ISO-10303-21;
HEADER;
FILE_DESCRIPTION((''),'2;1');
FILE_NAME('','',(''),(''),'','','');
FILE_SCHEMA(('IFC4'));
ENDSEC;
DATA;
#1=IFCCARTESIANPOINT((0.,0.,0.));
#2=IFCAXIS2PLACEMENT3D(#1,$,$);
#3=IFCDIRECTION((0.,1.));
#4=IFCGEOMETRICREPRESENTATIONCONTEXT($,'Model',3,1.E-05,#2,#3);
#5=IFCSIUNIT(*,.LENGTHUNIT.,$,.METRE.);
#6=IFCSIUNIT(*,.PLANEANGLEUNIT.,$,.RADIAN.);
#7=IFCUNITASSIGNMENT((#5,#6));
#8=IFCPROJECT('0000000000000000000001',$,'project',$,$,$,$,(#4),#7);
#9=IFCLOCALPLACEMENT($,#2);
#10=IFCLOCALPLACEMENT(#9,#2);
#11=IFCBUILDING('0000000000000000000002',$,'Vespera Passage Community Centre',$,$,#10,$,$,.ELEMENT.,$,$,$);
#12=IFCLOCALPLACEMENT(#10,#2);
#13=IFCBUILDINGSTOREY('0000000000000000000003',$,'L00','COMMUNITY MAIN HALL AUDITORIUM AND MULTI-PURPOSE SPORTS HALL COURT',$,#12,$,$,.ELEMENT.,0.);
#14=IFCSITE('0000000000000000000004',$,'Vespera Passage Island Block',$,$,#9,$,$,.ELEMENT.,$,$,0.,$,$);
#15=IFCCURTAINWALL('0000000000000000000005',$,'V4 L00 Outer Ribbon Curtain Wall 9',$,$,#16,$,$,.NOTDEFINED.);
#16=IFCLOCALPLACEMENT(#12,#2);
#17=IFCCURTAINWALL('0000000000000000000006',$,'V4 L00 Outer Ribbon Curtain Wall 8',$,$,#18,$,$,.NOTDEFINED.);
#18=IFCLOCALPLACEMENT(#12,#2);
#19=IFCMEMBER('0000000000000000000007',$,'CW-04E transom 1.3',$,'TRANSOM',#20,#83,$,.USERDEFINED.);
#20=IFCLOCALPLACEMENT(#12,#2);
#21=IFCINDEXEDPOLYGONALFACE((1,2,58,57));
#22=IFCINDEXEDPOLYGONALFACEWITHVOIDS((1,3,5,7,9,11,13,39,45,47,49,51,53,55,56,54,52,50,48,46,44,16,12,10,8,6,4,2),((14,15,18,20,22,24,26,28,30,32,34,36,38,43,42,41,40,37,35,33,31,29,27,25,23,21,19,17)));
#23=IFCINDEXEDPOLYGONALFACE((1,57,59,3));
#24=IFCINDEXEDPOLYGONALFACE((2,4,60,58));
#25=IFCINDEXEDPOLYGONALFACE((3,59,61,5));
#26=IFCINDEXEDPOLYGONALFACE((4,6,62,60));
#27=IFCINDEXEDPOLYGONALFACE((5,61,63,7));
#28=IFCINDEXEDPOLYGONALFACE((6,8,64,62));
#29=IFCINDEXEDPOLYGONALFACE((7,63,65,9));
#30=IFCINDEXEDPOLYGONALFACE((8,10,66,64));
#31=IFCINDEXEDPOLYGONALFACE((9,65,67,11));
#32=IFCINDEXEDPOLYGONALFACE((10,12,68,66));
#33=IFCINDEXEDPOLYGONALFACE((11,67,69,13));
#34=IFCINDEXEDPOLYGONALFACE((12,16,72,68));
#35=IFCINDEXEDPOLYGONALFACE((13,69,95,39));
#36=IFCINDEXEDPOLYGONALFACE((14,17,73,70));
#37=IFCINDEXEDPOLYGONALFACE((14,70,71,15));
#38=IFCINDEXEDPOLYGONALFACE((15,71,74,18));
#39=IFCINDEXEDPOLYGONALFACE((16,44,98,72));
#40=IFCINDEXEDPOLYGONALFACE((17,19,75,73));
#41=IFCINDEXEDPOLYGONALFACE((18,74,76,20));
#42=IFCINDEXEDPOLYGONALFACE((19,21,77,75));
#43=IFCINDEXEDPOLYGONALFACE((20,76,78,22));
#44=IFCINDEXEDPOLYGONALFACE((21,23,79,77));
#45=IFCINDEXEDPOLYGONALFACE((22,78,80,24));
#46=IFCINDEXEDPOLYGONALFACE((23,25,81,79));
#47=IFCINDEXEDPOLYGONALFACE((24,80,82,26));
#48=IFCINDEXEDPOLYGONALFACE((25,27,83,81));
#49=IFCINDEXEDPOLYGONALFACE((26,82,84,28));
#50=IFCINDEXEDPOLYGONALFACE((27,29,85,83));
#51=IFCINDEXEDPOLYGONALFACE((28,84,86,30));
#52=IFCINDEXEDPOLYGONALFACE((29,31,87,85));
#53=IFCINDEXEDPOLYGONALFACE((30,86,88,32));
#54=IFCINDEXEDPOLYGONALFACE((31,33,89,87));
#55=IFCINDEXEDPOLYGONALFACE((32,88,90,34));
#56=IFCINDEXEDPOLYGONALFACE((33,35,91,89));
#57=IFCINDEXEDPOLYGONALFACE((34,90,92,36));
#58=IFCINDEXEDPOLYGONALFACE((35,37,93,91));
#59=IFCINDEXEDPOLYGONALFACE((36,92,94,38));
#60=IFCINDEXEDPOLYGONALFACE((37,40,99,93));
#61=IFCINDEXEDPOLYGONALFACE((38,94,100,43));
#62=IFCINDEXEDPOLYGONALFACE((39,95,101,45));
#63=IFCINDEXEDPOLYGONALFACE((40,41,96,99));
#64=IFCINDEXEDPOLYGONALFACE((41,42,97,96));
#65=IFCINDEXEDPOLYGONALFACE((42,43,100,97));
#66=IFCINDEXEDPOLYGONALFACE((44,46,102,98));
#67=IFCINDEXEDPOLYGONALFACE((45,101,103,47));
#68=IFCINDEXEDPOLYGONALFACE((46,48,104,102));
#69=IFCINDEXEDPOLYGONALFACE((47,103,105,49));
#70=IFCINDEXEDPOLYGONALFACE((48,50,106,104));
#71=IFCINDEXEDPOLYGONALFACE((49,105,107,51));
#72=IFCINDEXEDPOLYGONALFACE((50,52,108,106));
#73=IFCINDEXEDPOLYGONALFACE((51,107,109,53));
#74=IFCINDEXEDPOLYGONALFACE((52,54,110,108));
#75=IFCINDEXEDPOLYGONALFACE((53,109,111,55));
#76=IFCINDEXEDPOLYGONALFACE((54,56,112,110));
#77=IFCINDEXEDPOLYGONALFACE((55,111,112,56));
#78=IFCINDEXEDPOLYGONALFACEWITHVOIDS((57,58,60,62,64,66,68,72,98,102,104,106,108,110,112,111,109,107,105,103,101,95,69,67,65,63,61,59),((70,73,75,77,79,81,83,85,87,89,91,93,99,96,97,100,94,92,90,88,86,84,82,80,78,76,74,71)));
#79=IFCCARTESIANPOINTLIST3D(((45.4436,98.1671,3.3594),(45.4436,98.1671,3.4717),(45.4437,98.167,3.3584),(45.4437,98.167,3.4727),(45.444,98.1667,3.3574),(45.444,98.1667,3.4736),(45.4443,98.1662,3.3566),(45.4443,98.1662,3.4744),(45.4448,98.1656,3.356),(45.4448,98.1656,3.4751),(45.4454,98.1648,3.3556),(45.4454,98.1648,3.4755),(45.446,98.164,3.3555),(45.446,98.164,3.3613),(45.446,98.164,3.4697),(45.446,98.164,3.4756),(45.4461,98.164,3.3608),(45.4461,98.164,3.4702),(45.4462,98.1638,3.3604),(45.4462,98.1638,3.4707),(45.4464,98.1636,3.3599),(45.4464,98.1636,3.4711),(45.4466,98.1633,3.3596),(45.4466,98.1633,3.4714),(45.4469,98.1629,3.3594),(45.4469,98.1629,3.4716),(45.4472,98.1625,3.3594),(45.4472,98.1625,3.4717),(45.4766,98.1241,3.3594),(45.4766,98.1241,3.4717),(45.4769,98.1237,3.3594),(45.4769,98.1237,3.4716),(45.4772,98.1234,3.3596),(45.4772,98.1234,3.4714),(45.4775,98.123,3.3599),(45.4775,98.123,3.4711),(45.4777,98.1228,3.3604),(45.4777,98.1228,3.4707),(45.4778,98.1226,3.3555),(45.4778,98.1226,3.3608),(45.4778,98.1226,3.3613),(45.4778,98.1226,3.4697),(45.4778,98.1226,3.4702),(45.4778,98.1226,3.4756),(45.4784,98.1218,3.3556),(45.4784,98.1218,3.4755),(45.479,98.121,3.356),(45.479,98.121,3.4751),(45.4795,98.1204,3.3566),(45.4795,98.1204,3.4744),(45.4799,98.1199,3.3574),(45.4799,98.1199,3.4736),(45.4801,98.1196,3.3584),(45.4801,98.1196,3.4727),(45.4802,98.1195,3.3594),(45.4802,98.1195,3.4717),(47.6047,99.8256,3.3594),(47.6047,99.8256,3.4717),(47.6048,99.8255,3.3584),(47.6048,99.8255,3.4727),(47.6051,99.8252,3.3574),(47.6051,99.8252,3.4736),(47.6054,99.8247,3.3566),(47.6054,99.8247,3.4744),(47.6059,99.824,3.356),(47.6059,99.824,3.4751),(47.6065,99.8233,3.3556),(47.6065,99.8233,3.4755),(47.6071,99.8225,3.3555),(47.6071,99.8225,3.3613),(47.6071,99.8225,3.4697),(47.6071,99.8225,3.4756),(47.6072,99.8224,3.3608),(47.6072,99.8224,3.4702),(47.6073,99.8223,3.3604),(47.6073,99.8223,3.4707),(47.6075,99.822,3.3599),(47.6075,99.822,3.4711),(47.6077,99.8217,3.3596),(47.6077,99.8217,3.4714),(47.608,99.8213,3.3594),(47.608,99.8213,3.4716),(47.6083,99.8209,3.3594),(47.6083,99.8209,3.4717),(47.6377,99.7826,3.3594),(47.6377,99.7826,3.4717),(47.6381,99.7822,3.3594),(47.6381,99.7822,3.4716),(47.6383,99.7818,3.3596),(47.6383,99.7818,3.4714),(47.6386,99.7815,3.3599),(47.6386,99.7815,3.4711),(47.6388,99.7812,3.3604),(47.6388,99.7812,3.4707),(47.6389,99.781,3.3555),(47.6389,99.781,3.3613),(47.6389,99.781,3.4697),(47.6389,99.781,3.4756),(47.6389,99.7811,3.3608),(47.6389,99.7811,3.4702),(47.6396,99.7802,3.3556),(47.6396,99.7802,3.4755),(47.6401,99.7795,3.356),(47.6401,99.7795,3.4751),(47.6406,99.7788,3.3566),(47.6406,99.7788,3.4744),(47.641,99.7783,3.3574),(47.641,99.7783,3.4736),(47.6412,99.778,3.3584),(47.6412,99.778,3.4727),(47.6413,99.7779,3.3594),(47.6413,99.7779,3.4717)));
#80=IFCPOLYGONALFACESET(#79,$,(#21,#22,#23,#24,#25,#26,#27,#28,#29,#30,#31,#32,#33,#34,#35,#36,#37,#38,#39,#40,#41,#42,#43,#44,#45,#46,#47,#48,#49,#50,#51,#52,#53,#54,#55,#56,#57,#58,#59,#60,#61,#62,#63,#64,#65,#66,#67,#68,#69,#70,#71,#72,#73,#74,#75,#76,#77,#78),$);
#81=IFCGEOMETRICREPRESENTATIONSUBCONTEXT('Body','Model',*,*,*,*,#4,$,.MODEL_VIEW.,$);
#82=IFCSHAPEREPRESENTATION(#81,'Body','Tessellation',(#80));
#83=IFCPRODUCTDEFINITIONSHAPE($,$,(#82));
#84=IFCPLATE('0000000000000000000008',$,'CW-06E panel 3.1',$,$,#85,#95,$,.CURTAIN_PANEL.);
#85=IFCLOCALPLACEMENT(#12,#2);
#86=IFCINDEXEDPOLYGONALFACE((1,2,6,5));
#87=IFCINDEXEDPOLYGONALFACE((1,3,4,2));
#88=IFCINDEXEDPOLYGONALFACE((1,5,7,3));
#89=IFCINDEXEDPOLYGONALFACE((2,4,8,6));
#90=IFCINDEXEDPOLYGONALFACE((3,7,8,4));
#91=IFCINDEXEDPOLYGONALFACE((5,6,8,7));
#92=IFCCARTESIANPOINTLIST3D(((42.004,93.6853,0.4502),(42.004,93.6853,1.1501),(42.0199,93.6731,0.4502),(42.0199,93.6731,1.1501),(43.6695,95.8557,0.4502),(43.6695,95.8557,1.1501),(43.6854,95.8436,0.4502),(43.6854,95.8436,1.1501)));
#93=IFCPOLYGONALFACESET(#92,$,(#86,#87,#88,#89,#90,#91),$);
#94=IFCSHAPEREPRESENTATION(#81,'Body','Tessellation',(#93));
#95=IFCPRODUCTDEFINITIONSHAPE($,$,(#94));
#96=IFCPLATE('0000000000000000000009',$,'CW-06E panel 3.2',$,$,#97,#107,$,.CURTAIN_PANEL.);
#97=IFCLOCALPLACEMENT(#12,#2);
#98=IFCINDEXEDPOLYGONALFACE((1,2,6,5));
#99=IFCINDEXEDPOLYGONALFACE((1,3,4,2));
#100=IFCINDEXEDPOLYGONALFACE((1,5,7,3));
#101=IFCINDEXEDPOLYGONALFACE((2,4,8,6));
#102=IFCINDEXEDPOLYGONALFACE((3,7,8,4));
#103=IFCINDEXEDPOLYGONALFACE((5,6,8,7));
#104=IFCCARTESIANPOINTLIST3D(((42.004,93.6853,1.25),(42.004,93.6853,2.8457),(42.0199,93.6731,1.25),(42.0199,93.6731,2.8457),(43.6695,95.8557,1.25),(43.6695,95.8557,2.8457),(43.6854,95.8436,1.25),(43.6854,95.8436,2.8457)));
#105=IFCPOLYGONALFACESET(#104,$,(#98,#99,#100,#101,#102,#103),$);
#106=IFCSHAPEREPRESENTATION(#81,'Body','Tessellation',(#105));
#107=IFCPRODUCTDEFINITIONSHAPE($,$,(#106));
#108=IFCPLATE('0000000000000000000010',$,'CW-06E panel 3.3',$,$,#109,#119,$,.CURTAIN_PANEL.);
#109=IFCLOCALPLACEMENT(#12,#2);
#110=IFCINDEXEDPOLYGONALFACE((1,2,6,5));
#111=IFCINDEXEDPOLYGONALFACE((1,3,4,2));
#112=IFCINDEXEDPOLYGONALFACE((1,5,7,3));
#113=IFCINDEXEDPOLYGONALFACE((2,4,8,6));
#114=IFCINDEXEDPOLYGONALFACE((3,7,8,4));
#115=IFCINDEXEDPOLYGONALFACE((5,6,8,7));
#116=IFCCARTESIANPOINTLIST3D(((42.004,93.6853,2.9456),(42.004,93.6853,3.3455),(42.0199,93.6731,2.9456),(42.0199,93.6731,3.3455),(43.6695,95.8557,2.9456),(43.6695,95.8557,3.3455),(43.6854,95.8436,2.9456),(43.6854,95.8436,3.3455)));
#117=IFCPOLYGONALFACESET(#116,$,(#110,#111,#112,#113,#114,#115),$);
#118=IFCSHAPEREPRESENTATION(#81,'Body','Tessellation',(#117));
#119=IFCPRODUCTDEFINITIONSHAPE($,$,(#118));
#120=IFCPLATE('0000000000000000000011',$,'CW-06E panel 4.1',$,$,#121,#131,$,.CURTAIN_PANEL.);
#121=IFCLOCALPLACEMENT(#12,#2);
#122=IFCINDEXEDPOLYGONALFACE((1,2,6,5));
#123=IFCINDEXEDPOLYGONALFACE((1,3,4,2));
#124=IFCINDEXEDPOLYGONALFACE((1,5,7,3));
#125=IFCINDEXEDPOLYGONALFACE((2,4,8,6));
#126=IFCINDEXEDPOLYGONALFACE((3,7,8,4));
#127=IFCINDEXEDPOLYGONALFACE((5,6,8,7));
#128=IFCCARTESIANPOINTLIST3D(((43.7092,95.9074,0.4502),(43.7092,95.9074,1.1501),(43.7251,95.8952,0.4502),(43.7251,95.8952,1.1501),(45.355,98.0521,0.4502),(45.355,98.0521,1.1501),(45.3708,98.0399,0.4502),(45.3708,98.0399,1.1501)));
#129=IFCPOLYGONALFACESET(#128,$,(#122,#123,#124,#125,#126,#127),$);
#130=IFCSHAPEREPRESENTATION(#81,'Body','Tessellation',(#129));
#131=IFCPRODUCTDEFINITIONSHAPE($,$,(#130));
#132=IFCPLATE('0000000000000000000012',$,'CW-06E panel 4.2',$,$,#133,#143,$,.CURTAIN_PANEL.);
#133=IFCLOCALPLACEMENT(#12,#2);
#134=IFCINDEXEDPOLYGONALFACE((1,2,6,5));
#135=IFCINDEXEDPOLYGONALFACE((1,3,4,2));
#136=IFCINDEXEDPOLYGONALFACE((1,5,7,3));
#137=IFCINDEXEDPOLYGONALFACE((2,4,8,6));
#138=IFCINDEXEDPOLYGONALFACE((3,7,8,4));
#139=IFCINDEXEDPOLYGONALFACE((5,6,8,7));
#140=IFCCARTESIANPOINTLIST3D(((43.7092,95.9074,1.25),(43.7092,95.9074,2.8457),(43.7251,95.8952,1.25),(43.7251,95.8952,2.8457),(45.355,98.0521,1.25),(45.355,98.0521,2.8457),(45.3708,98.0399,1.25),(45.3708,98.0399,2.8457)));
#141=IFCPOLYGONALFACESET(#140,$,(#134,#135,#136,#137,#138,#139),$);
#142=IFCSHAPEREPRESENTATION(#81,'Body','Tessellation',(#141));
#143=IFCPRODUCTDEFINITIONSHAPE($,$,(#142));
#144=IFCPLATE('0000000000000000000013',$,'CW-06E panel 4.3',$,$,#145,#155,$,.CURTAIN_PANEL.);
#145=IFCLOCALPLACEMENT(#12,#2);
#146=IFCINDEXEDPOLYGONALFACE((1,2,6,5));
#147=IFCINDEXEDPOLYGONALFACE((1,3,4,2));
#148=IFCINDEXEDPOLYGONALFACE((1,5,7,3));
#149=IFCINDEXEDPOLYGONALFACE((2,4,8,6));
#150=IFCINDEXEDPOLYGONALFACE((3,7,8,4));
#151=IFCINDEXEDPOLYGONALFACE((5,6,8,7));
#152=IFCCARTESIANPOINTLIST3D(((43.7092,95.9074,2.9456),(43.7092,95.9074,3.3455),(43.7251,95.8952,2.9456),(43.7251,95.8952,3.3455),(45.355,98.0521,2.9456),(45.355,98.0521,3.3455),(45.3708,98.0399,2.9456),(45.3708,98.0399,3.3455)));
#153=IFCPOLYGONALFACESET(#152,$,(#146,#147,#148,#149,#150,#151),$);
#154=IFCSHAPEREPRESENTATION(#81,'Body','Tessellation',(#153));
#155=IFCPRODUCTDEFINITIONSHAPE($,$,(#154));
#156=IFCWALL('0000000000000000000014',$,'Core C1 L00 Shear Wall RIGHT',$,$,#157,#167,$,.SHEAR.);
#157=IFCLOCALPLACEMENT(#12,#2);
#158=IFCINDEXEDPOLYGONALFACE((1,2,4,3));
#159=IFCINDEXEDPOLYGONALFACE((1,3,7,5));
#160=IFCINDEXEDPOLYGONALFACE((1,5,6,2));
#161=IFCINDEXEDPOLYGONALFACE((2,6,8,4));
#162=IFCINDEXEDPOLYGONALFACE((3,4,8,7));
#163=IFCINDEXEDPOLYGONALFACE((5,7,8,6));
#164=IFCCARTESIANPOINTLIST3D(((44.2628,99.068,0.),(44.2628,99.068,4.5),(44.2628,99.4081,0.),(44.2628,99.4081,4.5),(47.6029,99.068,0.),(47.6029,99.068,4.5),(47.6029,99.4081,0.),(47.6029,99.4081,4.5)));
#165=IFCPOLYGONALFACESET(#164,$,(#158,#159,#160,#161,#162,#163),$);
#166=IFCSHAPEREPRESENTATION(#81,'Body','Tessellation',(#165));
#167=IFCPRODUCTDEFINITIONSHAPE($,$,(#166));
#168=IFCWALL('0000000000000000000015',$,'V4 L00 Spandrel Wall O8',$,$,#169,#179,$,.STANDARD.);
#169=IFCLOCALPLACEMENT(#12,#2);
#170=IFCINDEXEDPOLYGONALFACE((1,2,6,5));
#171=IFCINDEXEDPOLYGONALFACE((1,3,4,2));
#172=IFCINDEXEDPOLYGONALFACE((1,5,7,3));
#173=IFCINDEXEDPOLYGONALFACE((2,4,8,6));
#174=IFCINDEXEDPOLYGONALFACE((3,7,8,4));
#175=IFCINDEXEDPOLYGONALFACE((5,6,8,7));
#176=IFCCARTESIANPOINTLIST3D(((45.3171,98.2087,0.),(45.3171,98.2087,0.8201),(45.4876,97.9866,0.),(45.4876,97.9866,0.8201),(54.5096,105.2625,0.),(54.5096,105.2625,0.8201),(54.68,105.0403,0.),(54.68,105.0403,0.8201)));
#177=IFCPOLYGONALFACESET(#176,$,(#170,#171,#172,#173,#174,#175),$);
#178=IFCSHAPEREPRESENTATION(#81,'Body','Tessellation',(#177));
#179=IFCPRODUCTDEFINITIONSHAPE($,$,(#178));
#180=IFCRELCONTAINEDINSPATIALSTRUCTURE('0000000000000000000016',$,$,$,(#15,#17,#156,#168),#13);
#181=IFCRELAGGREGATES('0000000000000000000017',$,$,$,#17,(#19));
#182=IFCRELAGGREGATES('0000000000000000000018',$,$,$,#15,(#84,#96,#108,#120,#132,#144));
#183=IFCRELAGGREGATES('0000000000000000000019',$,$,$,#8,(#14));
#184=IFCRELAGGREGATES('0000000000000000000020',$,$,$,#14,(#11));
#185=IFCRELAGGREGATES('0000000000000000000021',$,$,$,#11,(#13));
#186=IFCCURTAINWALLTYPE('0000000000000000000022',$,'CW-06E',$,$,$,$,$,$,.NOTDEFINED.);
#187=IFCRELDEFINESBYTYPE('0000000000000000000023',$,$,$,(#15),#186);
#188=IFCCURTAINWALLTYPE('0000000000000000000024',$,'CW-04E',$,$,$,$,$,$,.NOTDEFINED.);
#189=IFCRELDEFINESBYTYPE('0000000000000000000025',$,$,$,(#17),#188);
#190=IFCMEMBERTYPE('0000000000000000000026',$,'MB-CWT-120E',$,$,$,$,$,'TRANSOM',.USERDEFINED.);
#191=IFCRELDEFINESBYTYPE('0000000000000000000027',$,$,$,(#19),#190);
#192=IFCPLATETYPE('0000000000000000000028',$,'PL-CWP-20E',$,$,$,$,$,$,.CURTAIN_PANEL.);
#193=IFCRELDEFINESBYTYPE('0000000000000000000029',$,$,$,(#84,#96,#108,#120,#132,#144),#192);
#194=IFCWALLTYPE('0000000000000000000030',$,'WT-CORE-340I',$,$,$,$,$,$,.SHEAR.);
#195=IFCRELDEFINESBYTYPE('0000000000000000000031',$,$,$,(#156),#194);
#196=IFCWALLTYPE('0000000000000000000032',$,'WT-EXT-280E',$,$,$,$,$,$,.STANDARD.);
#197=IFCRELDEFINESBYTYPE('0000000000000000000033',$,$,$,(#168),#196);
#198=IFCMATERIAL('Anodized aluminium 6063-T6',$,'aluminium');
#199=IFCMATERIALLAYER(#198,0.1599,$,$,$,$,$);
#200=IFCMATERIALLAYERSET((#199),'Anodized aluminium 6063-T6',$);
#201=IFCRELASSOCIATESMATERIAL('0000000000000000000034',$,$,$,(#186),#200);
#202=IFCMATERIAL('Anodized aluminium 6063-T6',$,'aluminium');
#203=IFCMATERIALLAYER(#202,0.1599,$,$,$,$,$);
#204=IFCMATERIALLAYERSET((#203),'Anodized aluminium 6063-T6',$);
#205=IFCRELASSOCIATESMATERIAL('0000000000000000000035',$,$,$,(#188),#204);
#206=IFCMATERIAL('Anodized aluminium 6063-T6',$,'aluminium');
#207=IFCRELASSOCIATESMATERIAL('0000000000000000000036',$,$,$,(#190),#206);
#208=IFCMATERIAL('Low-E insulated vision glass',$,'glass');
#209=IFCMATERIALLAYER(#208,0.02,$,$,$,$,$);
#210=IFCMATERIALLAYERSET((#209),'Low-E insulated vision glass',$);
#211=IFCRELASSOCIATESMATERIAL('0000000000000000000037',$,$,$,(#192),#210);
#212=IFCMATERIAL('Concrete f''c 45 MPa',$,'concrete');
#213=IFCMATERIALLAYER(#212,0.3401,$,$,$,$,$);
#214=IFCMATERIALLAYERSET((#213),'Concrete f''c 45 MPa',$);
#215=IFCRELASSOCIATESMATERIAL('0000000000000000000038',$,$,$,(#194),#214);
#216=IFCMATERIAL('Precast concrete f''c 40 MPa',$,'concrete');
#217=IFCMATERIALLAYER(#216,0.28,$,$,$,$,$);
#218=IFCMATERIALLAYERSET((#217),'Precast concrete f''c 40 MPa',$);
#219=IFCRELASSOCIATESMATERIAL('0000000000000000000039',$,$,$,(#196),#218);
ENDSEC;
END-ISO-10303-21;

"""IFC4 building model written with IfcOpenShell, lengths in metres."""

from ifc_helpers import new_model, si_unit, direction, frame, frame_2d, origin, origin_2d, place, context, subcontext, project, spatial, rectangle, hollow_rectangle, extrude, material, layer, layer_set, material_profile, profile_set, type_object, element, aggregate, save


model = new_model("IFC4")

# Units and contexts
model_context = context("Model", 3, precision=1e-05, world=origin(), true_north=direction((0.0, 1.0)))
body_context = subcontext(model_context, "Body", "Model", "MODEL_VIEW")
ifc_project = project(units=[si_unit("LENGTHUNIT", "METRE"), si_unit("PLANEANGLEUNIT", "RADIAN")], contexts=[model_context])

# Site, building, storey
site_placement = place(None, origin())
site = spatial("IfcSite", under=ifc_project, at=site_placement, Name="Vespera Passage Island Block", CompositionType="ELEMENT", RefElevation=0.0)
building_placement = place(site_placement, origin())
building = spatial("IfcBuilding", under=site, at=building_placement, Name="Vespera Passage Community Centre", CompositionType="ELEMENT")
storey_placement = place(building_placement, origin())
storey = spatial("IfcBuildingStorey", under=building, at=storey_placement, Name="L00", Description="COMMUNITY MAIN HALL AUDITORIUM AND MULTI-PURPOSE SPORTS HALL COURT", CompositionType="ELEMENT", Elevation=0.0)

# Curtain wall
ifc_material_1 = material(Name="Anodized aluminium 6063-T6", Category="aluminium")
ifc_layer_1 = layer(ifc_material_1, 0.1599)
ifc_layer_set_1 = layer_set([ifc_layer_1], Name="Anodized aluminium 6063-T6")
curtain_wall_type_1 = type_object("IfcCurtainWallType", Name="CW-06E", PredefinedType="NOTDEFINED", material=ifc_layer_set_1)
curtain_wall_1_placement = place(storey_placement, origin())
curtain_wall_1 = element("IfcCurtainWall", 1, at=curtain_wall_1_placement, inside=storey, type_object=curtain_wall_type_1, Name="V4 L00 Outer Ribbon Curtain Wall 9", PredefinedType="NOTDEFINED")

# Curtain wall
ifc_material_2 = material(Name="Anodized aluminium 6063-T6", Category="aluminium")
ifc_layer_2 = layer(ifc_material_2, 0.1599)
ifc_layer_set_2 = layer_set([ifc_layer_2], Name="Anodized aluminium 6063-T6")
curtain_wall_type_2 = type_object("IfcCurtainWallType", Name="CW-04E", PredefinedType="NOTDEFINED", material=ifc_layer_set_2)
curtain_wall_2_placement = place(storey_placement, origin())
curtain_wall_2 = element("IfcCurtainWall", 2, at=curtain_wall_2_placement, inside=storey, type_object=curtain_wall_type_2, Name="V4 L00 Outer Ribbon Curtain Wall 8", PredefinedType="NOTDEFINED")

# Member
ifc_material_3 = material(Name="Anodized aluminium 6063-T6", Category="aluminium")
ifc_material_profile_1 = material_profile(ifc_material_3, hollow_rectangle(XDim=0.0601, YDim=0.1201, WallThickness=0.0039, InnerFilletRadius=0.002, OuterFilletRadius=0.0039, at=origin_2d()), Name="ALU120X60X4")
ifc_profile_set_1 = profile_set([ifc_material_profile_1], Name="Anodized aluminium 6063-T6")
member_type_1 = type_object("IfcMemberType", Name="MB-CWT-120E", ElementType="TRANSOM", PredefinedType="USERDEFINED", material=ifc_profile_set_1)
member_1_placement = place(storey_placement, frame((45.4619, 98.1433, 3.4155), z_axis=(0.793326, 0.608796, 0.0), x_axis=(-0.608796, 0.793326, 0.0)))
member_1 = element("IfcMember", 3, at=member_1_placement, type_object=member_type_1, Name="CW-04E transom 1.3", ObjectType="TRANSOM", PredefinedType="USERDEFINED", context=body_context, shape_type="SweptSolid", body=[
    extrude(hollow_rectangle(XDim=0.0601, YDim=0.1201, WallThickness=0.0039, InnerFilletRadius=0.002, OuterFilletRadius=0.0039, at=origin_2d()), origin(), (0.0, 0.0, 1.0), 2.7241),
])
aggregate(curtain_wall_2, [member_1])

# Plates
ifc_material_4 = material(Name="Low-E insulated vision glass", Category="glass")
ifc_layer_3 = layer(ifc_material_4, 0.02)
ifc_layer_set_3 = layer_set([ifc_layer_3], Name="Low-E insulated vision glass")
plate_type = type_object("IfcPlateType", Name="PL-CWP-20E", PredefinedType="CURTAIN_PANEL", material=ifc_layer_set_3)
plate_1_placement = place(storey_placement, frame((42.8447, 94.7644, 0.4502), z_axis=(0.0, 0.0, 1.0), x_axis=(0.608765, 0.79335, 0.0)))
plate_1 = element("IfcPlate", 4, at=plate_1_placement, type_object=plate_type, Name="CW-06E panel 3.1", PredefinedType="CURTAIN_PANEL", context=body_context, shape_type="SweptSolid", body=[
    extrude(rectangle(XDim=2.7358, YDim=0.02, at=origin_2d()), origin(), (0.0, 0.0, 1.0), 0.7),
])
plate_2_placement = place(storey_placement, frame((42.8447, 94.7644, 1.25), z_axis=(0.0, 0.0, 1.0), x_axis=(0.608765, 0.79335, 0.0)))
plate_2 = element("IfcPlate", 5, at=plate_2_placement, type_object=plate_type, Name="CW-06E panel 3.2", PredefinedType="CURTAIN_PANEL", context=body_context, shape_type="SweptSolid", body=[
    extrude(rectangle(XDim=2.7358, YDim=0.02, at=origin_2d()), origin(), (0.0, 0.0, 1.0), 1.5957),
])
plate_3_placement = place(storey_placement, frame((42.8447, 94.7644, 2.9456), z_axis=(0.0, 0.0, 1.0), x_axis=(0.608765, 0.79335, 0.0)))
plate_3 = element("IfcPlate", 6, at=plate_3_placement, type_object=plate_type, Name="CW-06E panel 3.3", PredefinedType="CURTAIN_PANEL", context=body_context, shape_type="SweptSolid", body=[
    extrude(rectangle(XDim=2.7358, YDim=0.02, at=origin_2d()), origin(), (0.0, 0.0, 1.0), 0.3999),
])
plate_4_placement = place(storey_placement, frame((44.54, 96.9736, 0.4502), z_axis=(0.0, 0.0, 1.0), x_axis=(0.608765, 0.79335, 0.0)))
plate_4 = element("IfcPlate", 7, at=plate_4_placement, type_object=plate_type, Name="CW-06E panel 4.1", PredefinedType="CURTAIN_PANEL", context=body_context, shape_type="SweptSolid", body=[
    extrude(rectangle(XDim=2.7034, YDim=0.02, at=origin_2d()), origin(), (0.0, 0.0, 1.0), 0.7),
])
plate_5_placement = place(storey_placement, frame((44.54, 96.9736, 1.25), z_axis=(0.0, 0.0, 1.0), x_axis=(0.608765, 0.79335, 0.0)))
plate_5 = element("IfcPlate", 8, at=plate_5_placement, type_object=plate_type, Name="CW-06E panel 4.2", PredefinedType="CURTAIN_PANEL", context=body_context, shape_type="SweptSolid", body=[
    extrude(rectangle(XDim=2.7034, YDim=0.02, at=origin_2d()), origin(), (0.0, 0.0, 1.0), 1.5957),
])
plate_6_placement = place(storey_placement, frame((44.54, 96.9736, 2.9456), z_axis=(0.0, 0.0, 1.0), x_axis=(0.608765, 0.79335, 0.0)))
plate_6 = element("IfcPlate", 9, at=plate_6_placement, type_object=plate_type, Name="CW-06E panel 4.3", PredefinedType="CURTAIN_PANEL", context=body_context, shape_type="SweptSolid", body=[
    extrude(rectangle(XDim=2.7034, YDim=0.02, at=origin_2d()), origin(), (0.0, 0.0, 1.0), 0.3999),
])
aggregate(curtain_wall_1, [plate_1, plate_2, plate_3, plate_4, plate_5, plate_6])

# Walls
ifc_material_5 = material(Name="Concrete f'c 45 MPa", Category="concrete")
ifc_layer_4 = layer(ifc_material_5, 0.3401)
ifc_layer_set_4 = layer_set([ifc_layer_4], Name="Concrete f'c 45 MPa")
wall_type_1 = type_object("IfcWallType", Name="WT-CORE-340I", PredefinedType="SHEAR", material=ifc_layer_set_4)
wall_1_placement = place(storey_placement, frame((44.2629, 99.238, 0.0), z_axis=(0.0, 0.0, 1.0), x_axis=(1.0, 0.0, 0.0)))
element("IfcWall", 10, at=wall_1_placement, inside=storey, type_object=wall_type_1, Name="Core C1 L00 Shear Wall RIGHT", PredefinedType="SHEAR", context=body_context, shape_type="SweptSolid", body=[
    extrude(rectangle(XDim=3.3401, YDim=0.3401, at=frame_2d((1.6699, 0.0))), origin(), (0.0, 0.0, 1.0), 4.5),
])
ifc_material_6 = material(Name="Precast concrete f'c 40 MPa", Category="concrete")
ifc_layer_5 = layer(ifc_material_6, 0.28)
ifc_layer_set_5 = layer_set([ifc_layer_5], Name="Precast concrete f'c 40 MPa")
wall_type_2 = type_object("IfcWallType", Name="WT-EXT-280E", PredefinedType="STANDARD", material=ifc_layer_set_5)
wall_2_placement = place(storey_placement, frame((45.4023, 98.0977, 0.0), z_axis=(0.0, 0.0, 1.0), x_axis=(0.793347, 0.608769, 0.0)))
element("IfcWall", 11, at=wall_2_placement, inside=storey, type_object=wall_type_2, Name="V4 L00 Spandrel Wall O8", PredefinedType="STANDARD", context=body_context, shape_type="SweptSolid", body=[
    extrude(rectangle(XDim=11.5869, YDim=0.28, at=frame_2d((5.7935, 0.0))), origin(), (0.0, 0.0, 1.0), 0.8201),
])

save(model, "model.ifc")
